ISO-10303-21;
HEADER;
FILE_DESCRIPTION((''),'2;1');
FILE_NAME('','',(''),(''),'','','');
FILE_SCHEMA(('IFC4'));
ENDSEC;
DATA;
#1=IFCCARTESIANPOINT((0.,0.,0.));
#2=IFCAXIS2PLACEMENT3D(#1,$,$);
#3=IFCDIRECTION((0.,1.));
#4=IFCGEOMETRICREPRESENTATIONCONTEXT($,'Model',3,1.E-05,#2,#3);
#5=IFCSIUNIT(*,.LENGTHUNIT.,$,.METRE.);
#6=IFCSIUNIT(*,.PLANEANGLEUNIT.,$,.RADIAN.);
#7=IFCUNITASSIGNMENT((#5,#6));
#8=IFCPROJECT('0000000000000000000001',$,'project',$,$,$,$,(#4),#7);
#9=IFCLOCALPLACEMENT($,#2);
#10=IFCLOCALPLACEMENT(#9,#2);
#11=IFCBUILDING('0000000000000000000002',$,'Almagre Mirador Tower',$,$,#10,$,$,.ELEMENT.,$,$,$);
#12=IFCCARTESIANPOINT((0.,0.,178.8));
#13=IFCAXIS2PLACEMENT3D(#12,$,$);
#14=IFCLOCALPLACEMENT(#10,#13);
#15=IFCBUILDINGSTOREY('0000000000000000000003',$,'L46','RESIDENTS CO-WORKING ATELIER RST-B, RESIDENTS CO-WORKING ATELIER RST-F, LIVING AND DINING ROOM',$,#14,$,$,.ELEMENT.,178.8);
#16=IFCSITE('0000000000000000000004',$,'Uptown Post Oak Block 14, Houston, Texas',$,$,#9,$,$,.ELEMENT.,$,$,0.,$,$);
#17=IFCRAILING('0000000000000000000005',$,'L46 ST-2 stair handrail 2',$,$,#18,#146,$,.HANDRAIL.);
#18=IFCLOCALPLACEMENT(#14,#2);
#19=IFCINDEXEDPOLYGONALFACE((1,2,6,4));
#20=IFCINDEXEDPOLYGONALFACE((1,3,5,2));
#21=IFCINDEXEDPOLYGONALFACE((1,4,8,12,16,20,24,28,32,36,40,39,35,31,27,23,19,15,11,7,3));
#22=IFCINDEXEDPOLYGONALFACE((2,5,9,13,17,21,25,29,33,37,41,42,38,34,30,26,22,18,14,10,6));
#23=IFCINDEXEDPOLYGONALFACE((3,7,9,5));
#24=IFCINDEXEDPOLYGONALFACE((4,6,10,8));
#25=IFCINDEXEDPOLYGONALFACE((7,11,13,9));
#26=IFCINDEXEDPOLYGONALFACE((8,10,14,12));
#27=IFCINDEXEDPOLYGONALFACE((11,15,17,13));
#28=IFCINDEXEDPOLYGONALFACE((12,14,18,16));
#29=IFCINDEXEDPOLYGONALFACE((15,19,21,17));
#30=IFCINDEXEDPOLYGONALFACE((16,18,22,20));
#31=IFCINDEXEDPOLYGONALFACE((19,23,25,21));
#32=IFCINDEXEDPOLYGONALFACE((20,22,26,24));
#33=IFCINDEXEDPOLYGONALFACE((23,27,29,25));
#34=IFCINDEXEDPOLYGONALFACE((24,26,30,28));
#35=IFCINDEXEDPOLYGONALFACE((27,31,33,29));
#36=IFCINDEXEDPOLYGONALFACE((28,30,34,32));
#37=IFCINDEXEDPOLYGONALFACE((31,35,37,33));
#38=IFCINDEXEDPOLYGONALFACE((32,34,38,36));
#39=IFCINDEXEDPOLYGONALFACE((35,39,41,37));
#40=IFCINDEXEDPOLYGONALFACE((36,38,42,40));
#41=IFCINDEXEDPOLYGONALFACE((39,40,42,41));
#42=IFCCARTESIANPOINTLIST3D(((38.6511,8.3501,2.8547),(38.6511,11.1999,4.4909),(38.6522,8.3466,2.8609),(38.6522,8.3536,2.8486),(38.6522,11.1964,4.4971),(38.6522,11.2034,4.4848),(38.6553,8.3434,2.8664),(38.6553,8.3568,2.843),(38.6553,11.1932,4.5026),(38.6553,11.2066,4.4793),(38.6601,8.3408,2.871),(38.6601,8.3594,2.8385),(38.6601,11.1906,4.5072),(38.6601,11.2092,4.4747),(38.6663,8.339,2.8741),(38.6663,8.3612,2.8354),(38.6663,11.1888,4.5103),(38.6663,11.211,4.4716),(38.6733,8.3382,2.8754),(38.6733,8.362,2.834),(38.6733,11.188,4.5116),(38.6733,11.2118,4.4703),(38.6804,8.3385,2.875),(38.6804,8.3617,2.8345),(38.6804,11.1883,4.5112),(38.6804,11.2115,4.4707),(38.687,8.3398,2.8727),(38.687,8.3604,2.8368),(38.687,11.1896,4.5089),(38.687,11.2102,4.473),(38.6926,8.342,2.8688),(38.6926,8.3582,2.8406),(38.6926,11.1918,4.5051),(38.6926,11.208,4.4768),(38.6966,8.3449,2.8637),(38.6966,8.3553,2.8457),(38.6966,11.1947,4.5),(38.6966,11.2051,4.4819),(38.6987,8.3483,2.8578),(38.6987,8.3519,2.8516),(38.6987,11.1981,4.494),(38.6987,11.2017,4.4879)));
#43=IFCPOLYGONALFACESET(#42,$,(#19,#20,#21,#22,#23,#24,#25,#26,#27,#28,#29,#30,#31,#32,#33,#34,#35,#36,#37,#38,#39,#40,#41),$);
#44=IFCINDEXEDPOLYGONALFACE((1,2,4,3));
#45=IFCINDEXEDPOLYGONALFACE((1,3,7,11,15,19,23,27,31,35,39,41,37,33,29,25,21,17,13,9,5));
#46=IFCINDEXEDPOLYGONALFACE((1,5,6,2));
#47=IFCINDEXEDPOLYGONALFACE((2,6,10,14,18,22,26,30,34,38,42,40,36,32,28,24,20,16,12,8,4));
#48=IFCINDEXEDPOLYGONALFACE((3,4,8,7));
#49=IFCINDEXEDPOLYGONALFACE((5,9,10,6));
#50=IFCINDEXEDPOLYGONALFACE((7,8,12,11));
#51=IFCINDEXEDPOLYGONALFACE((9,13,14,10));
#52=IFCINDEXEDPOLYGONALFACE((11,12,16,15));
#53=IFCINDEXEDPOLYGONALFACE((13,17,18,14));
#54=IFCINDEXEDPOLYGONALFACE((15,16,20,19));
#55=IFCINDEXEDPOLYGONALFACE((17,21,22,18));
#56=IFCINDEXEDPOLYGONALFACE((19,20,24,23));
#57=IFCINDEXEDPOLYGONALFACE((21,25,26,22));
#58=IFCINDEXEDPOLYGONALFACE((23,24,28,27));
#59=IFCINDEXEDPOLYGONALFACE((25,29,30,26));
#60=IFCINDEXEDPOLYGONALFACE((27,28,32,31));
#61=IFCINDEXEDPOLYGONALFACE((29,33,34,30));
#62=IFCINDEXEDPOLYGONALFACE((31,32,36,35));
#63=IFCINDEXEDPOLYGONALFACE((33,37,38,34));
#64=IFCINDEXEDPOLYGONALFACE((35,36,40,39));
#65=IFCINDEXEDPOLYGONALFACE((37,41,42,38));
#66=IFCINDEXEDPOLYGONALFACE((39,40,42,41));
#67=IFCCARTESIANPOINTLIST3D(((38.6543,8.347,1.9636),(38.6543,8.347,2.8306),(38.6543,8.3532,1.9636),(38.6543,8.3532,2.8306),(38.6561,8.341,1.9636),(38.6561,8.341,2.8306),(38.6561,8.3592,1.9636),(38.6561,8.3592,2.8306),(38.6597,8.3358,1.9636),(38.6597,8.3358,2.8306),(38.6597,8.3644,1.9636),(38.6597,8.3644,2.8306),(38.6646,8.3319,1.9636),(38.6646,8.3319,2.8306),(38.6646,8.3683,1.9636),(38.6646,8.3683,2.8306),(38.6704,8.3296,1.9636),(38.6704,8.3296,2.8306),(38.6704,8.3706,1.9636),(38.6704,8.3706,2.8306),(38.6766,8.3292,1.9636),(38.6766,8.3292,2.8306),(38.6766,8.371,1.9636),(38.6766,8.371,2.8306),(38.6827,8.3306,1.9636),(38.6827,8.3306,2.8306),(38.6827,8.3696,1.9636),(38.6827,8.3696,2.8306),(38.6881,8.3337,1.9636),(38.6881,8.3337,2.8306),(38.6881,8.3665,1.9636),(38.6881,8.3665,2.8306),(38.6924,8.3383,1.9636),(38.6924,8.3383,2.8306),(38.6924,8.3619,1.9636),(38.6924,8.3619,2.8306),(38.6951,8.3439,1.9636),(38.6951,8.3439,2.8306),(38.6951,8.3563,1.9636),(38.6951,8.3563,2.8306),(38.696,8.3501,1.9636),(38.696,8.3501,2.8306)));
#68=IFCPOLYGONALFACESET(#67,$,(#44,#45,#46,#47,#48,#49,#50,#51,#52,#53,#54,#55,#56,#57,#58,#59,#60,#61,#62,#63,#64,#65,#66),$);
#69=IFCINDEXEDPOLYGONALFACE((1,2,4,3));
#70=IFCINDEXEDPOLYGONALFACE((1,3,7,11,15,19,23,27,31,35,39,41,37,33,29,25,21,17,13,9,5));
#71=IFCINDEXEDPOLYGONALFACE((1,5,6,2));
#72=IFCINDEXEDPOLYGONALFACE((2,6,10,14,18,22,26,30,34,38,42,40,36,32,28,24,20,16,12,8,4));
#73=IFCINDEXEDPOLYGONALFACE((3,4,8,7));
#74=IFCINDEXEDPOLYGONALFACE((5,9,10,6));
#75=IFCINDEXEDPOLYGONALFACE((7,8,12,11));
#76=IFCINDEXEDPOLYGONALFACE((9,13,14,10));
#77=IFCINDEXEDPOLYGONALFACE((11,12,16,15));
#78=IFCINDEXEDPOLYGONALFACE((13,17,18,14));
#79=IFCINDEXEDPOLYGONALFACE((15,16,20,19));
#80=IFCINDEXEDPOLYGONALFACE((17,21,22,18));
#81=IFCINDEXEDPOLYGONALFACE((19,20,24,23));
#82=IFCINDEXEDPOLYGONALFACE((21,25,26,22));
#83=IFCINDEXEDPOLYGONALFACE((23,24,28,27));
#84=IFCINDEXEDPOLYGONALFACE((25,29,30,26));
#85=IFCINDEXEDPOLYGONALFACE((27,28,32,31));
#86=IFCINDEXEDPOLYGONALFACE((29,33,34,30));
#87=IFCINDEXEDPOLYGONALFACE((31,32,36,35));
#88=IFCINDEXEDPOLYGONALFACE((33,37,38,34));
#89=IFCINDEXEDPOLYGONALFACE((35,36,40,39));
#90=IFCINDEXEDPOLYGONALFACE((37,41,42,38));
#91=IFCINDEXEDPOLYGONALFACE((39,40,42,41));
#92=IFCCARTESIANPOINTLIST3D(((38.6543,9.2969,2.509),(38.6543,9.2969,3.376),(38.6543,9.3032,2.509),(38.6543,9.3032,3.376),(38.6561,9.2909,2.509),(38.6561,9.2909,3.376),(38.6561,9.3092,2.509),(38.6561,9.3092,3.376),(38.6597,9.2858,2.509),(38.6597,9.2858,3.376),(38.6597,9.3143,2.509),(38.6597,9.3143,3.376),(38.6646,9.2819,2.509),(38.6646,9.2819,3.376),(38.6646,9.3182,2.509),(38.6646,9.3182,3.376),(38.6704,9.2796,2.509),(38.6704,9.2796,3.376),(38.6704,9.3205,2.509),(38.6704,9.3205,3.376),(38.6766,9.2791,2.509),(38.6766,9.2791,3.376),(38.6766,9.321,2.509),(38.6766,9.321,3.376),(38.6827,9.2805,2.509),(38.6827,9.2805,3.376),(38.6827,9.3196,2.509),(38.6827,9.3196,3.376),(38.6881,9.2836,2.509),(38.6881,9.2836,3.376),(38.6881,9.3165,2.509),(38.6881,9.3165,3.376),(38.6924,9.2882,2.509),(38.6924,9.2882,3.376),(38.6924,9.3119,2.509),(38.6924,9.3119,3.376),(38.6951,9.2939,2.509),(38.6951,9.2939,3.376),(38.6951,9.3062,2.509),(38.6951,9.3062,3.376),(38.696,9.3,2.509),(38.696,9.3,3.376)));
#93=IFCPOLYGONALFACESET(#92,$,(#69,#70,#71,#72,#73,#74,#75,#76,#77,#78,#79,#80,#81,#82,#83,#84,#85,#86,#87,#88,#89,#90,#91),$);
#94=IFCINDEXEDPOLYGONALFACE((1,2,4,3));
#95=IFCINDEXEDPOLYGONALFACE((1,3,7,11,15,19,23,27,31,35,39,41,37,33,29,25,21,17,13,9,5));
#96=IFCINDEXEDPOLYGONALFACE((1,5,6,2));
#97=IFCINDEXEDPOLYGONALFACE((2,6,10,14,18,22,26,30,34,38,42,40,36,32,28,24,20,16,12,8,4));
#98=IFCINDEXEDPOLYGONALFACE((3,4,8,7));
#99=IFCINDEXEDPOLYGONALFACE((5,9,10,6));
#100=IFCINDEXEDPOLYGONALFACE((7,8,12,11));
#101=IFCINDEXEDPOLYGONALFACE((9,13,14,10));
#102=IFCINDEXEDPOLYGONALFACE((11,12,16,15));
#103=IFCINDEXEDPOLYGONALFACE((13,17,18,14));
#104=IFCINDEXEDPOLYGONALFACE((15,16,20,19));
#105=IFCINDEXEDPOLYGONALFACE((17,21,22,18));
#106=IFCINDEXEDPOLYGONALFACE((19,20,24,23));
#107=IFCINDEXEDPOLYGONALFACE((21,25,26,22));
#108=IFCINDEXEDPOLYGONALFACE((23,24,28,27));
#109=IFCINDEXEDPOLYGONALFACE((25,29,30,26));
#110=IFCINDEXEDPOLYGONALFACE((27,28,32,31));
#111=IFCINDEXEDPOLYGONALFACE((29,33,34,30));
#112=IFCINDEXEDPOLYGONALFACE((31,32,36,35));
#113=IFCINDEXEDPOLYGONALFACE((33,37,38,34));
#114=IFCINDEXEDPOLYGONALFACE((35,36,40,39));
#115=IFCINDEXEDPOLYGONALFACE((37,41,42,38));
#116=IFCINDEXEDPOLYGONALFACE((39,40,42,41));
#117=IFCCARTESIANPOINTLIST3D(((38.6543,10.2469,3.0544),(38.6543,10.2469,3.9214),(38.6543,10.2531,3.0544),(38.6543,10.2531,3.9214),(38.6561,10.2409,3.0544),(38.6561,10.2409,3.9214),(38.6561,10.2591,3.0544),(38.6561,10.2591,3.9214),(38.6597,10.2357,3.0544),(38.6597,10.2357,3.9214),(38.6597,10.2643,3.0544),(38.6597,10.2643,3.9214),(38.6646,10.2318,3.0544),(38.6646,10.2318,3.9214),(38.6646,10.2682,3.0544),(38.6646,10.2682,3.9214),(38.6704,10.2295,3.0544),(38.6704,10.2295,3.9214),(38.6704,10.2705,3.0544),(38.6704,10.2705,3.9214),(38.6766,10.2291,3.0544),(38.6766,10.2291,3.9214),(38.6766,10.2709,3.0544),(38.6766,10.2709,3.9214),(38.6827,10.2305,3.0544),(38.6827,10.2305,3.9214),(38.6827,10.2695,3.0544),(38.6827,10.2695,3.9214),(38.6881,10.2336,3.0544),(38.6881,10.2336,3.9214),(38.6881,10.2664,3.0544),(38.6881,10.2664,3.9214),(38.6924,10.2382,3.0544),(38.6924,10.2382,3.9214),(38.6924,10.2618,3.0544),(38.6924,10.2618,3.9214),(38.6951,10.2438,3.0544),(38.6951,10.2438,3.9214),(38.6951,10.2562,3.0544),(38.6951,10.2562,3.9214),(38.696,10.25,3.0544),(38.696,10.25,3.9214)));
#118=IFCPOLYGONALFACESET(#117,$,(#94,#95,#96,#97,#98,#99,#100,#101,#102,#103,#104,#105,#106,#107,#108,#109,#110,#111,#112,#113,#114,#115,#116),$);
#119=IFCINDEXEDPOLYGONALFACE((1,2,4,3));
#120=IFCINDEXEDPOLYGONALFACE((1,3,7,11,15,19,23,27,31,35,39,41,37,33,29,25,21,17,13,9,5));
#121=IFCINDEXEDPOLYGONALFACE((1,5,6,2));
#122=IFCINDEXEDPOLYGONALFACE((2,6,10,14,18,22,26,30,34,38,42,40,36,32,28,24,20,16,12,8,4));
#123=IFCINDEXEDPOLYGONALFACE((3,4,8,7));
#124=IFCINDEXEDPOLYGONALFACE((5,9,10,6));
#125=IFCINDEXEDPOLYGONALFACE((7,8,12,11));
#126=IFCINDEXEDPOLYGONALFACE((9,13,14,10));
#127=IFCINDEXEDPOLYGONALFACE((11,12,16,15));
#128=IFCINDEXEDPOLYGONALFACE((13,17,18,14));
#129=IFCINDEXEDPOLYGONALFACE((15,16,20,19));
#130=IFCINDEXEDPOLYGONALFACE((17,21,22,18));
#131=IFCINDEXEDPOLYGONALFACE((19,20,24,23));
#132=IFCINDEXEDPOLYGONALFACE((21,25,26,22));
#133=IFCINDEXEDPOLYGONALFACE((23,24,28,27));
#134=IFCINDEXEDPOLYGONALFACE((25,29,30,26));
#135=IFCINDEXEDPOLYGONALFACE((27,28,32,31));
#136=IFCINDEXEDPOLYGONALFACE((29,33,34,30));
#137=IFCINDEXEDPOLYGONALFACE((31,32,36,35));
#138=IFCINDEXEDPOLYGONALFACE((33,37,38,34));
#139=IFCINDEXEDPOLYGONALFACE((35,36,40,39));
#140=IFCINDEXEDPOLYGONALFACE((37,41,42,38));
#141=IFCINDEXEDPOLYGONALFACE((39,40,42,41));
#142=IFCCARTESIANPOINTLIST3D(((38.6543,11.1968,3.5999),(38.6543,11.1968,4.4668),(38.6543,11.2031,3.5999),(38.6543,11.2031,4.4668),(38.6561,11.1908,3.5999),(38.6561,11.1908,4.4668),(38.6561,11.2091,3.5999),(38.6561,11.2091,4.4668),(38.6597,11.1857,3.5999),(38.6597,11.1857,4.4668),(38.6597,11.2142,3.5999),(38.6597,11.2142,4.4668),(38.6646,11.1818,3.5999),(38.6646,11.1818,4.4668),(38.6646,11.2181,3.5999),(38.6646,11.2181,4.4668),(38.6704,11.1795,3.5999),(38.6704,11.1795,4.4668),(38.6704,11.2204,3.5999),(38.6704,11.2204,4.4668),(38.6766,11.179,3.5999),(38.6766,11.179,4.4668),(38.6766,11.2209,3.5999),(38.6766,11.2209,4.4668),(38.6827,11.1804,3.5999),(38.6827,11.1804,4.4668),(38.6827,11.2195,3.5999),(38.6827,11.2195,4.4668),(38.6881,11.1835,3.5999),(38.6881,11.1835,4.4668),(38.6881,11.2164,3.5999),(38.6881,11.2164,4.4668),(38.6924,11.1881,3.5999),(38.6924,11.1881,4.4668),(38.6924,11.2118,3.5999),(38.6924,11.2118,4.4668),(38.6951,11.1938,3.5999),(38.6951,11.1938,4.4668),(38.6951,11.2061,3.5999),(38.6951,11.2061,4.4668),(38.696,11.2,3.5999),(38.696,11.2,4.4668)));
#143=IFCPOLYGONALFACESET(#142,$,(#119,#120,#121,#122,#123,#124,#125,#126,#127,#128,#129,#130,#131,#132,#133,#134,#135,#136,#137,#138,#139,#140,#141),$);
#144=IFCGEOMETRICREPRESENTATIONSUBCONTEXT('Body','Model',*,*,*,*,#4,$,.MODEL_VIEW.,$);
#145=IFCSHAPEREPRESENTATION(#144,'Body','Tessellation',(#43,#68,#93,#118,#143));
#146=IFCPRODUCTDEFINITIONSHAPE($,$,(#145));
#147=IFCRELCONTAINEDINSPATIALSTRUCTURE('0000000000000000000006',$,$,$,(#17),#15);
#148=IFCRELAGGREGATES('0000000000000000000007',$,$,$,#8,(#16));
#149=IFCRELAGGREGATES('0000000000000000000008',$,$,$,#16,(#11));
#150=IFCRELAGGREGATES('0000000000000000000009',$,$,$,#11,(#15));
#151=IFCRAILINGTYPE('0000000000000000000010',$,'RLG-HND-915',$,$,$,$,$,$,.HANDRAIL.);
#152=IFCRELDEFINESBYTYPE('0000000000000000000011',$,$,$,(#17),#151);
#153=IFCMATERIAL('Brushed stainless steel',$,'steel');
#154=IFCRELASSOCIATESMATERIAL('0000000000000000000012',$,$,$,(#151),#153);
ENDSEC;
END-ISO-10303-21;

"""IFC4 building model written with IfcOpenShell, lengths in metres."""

from ifc_helpers import new_model, si_unit, direction, frame, origin, origin_2d, place, context, subcontext, project, spatial, circle, extrude, material, type_object, element, save


model = new_model("IFC4")

# Units and contexts
model_context = context("Model", 3, precision=1e-05, world=origin(), true_north=direction((0.0, 1.0)))
body_context = subcontext(model_context, "Body", "Model", "MODEL_VIEW")
ifc_project = project(units=[si_unit("LENGTHUNIT", "METRE"), si_unit("PLANEANGLEUNIT", "RADIAN")], contexts=[model_context])

# Site, building, storey
site_placement = place(None, origin())
site = spatial("IfcSite", under=ifc_project, at=site_placement, Name="Uptown Post Oak Block 14, Houston, Texas", CompositionType="ELEMENT", RefElevation=0.0)
building_placement = place(site_placement, origin())
building = spatial("IfcBuilding", under=site, at=building_placement, Name="Almagre Mirador Tower", CompositionType="ELEMENT")
storey_placement = place(building_placement, frame((0.0, 0.0, 178.8)))
storey = spatial("IfcBuildingStorey", under=building, at=storey_placement, Name="L46", Description="RESIDENTS CO-WORKING ATELIER RST-B, RESIDENTS CO-WORKING ATELIER RST-F, LIVING AND DINING ROOM", CompositionType="ELEMENT", Elevation=178.8)

# Railing
ifc_material_1 = material(Name="Brushed stainless steel", Category="steel")
railing_type_1 = type_object("IfcRailingType", Name="RLG-HND-915", PredefinedType="HANDRAIL", material=ifc_material_1)
railing_1_placement = place(storey_placement, frame((38.675, 8.3501, 1.9636)))
element("IfcRailing", 1, at=railing_1_placement, inside=storey, type_object=railing_type_1, Name="L46 ST-2 stair handrail 2", PredefinedType="HANDRAIL", context=body_context, shape_type="SweptSolid", body=[
    extrude(circle(Radius=0.0239, at=origin_2d()), frame((0.0, 0.0, 0.8911), z_axis=(0.0, 0.867226, 0.497914), x_axis=(-1.0, 0.0, 0.0)), (0.0, 0.0, 1.0), 3.2861),
    extrude(circle(Radius=0.021, at=origin_2d()), origin(), (0.0, 0.0, 1.0), 0.8669),
    extrude(circle(Radius=0.021, at=origin_2d()), frame((0.0, 0.95, 0.5454)), (0.0, 0.0, 1.0), 0.8669),
    extrude(circle(Radius=0.021, at=origin_2d()), frame((0.0, 1.8999, 1.0908)), (0.0, 0.0, 1.0), 0.8669),
    extrude(circle(Radius=0.021, at=origin_2d()), frame((0.0, 2.8499, 1.6362)), (0.0, 0.0, 1.0), 0.8669),
])

save(model, "model.ifc")
